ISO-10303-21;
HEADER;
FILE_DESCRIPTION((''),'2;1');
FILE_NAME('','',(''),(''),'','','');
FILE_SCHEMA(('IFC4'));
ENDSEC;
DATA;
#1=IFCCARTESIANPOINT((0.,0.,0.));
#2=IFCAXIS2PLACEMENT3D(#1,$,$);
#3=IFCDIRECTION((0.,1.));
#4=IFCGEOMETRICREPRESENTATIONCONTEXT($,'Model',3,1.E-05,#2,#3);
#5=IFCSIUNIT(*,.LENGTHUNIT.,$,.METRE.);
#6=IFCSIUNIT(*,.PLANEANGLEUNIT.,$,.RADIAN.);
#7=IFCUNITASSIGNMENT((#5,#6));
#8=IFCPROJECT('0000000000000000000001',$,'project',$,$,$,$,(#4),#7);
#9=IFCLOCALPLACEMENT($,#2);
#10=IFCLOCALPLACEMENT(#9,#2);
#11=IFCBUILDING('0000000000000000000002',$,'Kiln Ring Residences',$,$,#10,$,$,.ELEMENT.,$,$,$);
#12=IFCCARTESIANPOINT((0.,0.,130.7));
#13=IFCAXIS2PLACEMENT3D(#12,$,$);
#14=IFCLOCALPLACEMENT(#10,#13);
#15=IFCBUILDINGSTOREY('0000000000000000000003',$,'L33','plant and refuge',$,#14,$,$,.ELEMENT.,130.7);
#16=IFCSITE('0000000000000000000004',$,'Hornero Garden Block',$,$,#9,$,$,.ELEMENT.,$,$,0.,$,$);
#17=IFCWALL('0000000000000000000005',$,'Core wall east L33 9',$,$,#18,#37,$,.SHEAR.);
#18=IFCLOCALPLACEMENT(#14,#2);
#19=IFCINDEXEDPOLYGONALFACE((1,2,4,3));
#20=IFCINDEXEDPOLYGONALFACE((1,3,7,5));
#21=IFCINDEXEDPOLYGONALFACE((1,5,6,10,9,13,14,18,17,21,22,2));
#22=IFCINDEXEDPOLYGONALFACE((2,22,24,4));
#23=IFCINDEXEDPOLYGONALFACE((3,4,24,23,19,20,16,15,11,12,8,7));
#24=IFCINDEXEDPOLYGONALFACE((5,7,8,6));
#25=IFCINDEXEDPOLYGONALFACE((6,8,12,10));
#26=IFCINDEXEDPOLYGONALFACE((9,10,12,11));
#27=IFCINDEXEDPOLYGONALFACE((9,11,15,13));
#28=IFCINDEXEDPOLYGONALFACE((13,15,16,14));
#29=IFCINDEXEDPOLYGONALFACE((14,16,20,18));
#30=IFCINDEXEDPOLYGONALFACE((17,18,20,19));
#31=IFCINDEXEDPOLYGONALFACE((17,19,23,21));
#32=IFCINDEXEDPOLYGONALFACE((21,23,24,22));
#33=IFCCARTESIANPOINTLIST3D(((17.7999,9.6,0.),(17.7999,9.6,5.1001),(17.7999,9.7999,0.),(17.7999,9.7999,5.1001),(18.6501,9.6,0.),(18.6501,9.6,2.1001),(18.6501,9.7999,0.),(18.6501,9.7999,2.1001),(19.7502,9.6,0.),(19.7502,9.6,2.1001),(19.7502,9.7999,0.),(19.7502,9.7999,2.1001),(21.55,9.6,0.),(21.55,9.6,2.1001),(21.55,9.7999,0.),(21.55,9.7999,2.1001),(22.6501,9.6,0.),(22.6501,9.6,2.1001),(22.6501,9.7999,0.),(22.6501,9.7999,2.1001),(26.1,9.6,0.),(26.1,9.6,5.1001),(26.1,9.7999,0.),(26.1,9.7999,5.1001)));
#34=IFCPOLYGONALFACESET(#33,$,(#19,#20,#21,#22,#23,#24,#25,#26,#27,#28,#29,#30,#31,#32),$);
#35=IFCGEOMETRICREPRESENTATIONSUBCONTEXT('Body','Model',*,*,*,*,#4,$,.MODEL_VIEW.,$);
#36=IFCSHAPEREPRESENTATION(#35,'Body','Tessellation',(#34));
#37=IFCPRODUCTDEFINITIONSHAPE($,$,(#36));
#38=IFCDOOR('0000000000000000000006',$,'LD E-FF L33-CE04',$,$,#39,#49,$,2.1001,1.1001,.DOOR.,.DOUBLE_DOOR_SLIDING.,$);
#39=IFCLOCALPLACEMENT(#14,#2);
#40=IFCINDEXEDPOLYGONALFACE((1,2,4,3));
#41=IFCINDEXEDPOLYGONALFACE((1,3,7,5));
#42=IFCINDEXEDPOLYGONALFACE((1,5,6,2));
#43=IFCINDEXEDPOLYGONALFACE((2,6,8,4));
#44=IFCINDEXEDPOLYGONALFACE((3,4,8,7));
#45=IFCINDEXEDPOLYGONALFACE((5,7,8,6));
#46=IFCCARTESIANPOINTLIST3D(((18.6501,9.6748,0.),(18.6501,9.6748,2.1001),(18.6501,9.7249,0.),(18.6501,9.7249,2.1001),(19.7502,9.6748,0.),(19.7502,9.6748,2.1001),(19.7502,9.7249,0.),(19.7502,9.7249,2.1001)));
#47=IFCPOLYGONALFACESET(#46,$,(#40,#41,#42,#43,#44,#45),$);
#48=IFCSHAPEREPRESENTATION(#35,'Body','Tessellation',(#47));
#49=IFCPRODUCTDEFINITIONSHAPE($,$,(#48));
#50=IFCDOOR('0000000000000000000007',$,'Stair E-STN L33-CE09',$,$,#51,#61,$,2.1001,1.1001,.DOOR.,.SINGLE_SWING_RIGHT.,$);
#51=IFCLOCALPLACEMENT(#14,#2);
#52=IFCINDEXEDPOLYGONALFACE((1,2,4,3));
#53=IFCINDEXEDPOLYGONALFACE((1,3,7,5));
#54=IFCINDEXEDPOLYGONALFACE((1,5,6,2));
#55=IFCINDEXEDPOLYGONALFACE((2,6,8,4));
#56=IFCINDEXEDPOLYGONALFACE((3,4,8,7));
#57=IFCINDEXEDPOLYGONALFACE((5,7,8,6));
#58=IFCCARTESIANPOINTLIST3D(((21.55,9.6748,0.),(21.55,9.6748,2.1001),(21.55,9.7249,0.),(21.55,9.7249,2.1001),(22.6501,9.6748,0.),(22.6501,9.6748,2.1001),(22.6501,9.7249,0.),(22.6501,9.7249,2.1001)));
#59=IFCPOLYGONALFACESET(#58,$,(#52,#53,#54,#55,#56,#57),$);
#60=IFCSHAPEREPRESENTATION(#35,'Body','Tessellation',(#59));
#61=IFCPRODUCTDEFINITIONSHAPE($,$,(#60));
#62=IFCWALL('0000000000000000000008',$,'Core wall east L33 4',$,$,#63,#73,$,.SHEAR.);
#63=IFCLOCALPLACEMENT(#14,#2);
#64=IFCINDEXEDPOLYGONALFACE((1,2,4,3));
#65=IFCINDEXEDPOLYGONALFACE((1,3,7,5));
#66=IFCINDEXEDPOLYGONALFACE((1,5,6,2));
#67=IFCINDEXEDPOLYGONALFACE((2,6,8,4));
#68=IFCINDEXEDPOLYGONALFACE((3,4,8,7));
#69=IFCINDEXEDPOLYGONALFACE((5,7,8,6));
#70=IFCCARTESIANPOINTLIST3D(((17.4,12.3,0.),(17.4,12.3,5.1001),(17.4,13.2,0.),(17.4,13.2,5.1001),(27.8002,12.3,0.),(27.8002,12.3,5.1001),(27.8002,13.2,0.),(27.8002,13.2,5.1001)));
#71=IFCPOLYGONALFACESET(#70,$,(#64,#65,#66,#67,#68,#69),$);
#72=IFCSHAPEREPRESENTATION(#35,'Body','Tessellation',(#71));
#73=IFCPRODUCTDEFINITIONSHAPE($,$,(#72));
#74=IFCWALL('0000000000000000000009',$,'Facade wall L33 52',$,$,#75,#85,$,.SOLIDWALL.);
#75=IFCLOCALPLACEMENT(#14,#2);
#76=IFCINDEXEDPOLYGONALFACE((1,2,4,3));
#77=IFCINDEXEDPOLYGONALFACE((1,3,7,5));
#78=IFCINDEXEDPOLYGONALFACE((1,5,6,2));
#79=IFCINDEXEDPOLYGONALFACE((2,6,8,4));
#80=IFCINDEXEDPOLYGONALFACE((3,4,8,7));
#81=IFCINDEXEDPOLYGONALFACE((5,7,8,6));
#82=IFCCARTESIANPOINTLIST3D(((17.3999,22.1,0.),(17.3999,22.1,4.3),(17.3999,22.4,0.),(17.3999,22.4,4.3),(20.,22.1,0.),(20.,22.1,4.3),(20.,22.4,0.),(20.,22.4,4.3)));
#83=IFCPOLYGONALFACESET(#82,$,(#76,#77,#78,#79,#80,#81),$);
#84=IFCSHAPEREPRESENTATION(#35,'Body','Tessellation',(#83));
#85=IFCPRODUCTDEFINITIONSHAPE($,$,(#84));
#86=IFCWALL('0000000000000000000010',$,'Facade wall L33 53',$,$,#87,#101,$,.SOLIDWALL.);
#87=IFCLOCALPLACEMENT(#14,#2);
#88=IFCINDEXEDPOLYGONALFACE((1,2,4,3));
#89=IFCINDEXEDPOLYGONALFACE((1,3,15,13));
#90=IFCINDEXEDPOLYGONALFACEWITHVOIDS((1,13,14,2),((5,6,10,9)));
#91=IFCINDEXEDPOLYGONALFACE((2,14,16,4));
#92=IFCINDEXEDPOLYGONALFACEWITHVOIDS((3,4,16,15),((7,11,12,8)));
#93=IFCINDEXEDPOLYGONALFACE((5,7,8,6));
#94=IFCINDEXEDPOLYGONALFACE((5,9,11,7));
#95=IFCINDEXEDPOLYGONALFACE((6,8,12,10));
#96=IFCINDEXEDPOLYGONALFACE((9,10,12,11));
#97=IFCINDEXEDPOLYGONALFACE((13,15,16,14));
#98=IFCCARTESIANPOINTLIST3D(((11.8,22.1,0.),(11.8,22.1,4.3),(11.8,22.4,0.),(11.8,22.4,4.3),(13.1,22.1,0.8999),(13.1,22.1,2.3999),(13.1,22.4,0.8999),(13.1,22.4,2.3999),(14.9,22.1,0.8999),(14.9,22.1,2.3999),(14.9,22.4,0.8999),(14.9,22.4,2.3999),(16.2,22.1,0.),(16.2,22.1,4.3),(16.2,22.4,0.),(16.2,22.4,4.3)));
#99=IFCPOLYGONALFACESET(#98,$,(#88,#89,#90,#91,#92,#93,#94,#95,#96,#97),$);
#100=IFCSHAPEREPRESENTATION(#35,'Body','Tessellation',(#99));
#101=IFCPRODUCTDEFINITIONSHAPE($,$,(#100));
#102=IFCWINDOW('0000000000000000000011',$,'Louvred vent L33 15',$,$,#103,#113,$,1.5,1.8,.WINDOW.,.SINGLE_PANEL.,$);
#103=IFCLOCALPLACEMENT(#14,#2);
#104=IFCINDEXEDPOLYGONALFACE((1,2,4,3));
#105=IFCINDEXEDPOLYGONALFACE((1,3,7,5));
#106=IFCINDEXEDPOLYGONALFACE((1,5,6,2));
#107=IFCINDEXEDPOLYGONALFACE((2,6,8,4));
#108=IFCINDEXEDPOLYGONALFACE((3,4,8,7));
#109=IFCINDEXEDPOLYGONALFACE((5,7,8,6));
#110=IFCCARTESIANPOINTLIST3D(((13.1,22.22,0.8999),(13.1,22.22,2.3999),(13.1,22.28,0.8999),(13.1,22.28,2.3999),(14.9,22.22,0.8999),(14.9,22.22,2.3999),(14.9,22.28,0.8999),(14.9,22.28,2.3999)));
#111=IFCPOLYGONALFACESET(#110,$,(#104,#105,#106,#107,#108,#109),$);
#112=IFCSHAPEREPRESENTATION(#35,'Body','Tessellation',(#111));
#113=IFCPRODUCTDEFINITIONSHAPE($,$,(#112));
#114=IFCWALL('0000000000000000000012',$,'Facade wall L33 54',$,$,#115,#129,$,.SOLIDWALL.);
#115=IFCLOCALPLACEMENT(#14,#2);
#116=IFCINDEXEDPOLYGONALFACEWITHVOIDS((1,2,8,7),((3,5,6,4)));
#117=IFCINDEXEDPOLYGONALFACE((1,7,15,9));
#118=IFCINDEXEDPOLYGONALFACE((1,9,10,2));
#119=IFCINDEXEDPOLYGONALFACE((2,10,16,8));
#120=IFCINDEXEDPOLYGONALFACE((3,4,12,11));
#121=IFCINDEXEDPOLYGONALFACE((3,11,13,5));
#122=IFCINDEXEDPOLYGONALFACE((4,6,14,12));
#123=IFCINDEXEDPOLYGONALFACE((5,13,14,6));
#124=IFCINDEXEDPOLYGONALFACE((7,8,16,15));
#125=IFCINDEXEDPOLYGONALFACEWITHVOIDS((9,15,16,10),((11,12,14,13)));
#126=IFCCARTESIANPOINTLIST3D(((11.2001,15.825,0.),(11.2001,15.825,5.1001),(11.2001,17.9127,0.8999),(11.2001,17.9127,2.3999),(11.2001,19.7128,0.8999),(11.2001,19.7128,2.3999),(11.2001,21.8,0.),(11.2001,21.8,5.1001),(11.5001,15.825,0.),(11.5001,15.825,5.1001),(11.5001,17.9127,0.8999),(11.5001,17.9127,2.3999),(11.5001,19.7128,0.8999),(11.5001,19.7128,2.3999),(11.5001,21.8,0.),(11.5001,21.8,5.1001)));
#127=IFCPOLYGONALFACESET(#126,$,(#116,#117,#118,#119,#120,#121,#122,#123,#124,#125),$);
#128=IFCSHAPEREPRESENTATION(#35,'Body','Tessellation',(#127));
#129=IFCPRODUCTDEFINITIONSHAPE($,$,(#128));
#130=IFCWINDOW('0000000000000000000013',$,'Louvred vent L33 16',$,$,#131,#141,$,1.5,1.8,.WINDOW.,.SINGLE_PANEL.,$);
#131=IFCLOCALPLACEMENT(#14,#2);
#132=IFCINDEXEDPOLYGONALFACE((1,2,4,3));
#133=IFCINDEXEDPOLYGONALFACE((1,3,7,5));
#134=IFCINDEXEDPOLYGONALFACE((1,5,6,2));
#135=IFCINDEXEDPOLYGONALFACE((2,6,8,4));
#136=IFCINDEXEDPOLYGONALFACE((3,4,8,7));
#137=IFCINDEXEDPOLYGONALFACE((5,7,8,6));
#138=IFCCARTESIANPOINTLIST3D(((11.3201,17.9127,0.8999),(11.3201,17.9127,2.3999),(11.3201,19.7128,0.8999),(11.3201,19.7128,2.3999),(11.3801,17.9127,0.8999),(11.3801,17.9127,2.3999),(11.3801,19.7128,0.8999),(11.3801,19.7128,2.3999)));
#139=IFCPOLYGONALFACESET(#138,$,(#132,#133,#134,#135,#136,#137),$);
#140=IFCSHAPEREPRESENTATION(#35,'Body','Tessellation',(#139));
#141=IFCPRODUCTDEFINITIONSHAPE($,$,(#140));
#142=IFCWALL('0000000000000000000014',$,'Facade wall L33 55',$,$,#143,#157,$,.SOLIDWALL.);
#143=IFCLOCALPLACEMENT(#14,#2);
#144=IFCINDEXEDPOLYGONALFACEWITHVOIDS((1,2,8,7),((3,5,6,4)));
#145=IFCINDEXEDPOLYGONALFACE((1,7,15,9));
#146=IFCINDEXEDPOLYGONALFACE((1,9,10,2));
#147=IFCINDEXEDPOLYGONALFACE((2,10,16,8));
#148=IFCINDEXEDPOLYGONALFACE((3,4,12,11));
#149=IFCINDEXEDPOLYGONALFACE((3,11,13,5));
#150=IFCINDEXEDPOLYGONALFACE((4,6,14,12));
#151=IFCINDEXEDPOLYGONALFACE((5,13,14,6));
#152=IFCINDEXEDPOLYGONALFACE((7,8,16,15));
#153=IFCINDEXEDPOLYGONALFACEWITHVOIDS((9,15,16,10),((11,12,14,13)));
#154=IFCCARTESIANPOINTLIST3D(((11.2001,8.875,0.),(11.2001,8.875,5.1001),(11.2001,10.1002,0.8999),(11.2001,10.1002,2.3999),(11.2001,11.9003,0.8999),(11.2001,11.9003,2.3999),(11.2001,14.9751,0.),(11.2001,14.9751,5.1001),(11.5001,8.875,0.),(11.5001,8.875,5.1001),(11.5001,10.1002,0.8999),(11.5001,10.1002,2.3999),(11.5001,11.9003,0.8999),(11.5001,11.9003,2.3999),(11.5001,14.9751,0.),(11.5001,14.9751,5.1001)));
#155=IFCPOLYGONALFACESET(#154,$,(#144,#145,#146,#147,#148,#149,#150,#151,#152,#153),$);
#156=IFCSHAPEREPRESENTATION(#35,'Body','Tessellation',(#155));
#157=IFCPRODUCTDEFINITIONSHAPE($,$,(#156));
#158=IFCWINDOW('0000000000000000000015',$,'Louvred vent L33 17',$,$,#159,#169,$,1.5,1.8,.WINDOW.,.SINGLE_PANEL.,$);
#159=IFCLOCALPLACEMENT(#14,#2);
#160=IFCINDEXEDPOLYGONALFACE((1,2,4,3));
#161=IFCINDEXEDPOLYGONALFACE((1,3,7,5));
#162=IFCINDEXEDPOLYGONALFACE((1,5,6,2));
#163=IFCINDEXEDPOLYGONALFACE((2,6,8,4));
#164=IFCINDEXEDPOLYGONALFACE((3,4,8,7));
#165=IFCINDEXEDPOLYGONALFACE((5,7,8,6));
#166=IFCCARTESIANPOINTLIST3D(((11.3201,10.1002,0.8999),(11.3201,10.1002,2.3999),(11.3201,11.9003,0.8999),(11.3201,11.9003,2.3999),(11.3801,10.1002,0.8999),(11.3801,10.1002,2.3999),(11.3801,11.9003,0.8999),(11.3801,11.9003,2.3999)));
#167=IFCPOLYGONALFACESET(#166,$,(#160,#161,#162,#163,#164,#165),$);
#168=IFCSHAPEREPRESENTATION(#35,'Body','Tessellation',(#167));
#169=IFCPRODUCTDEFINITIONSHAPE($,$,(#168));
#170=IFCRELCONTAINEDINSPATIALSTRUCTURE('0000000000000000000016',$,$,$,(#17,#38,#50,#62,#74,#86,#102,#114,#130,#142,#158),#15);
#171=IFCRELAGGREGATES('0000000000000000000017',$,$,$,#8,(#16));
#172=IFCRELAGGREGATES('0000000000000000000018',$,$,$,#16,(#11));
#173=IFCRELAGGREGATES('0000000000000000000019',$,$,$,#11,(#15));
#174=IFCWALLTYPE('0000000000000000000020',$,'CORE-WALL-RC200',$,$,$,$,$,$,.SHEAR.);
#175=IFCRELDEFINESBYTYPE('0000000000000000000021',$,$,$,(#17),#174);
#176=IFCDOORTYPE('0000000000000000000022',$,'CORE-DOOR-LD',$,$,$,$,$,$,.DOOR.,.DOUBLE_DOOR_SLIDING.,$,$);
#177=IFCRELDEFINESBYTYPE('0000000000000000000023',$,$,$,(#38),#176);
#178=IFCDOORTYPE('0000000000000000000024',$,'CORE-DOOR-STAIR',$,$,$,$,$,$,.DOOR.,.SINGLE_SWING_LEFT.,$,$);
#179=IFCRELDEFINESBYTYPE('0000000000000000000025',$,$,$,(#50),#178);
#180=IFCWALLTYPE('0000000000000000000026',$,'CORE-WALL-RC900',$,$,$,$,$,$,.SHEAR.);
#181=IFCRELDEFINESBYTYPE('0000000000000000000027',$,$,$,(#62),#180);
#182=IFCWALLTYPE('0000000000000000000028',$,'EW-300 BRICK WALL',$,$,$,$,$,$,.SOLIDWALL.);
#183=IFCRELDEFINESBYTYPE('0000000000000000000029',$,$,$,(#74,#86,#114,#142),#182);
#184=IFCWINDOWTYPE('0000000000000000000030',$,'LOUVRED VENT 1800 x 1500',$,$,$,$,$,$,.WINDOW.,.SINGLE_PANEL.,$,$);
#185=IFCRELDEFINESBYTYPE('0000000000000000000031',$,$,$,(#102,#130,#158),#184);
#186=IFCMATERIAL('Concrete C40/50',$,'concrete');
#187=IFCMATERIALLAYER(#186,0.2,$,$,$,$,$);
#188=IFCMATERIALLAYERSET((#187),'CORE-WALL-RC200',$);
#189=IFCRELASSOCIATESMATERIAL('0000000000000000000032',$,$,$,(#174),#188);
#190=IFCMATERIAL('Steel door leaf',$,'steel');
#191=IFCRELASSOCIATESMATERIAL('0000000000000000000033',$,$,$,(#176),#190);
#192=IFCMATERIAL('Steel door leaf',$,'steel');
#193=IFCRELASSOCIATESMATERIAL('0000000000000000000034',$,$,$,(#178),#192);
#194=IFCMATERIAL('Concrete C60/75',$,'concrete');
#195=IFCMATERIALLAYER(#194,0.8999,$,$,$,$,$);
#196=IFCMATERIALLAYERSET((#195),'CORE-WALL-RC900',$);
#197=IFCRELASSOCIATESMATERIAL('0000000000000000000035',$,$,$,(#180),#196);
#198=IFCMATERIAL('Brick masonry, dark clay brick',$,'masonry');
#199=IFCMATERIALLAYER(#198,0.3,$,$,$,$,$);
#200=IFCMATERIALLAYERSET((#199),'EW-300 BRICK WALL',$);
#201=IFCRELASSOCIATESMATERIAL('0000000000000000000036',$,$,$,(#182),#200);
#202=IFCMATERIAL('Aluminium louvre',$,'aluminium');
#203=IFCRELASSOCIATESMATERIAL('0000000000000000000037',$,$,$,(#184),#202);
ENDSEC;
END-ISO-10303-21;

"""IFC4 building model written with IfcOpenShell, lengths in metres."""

from ifc_helpers import new_model, si_unit, direction, frame, frame_2d, origin, place, context, subcontext, project, spatial, rectangle, extrude, material, layer, layer_set, type_object, element, fill, save


model = new_model("IFC4")

# Units and contexts
model_context = context("Model", 3, precision=1e-05, world=origin(), true_north=direction((0.0, 1.0)))
body_context = subcontext(model_context, "Body", "Model", "MODEL_VIEW")
ifc_project = project(units=[si_unit("LENGTHUNIT", "METRE"), si_unit("PLANEANGLEUNIT", "RADIAN")], contexts=[model_context])

# Site, building, storey
site_placement = place(None, origin())
site = spatial("IfcSite", under=ifc_project, at=site_placement, Name="Hornero Garden Block", CompositionType="ELEMENT", RefElevation=0.0)
building_placement = place(site_placement, origin())
building = spatial("IfcBuilding", under=site, at=building_placement, Name="Kiln Ring Residences", CompositionType="ELEMENT")
storey_placement = place(building_placement, frame((0.0, 0.0, 130.7)))
storey = spatial("IfcBuildingStorey", under=building, at=storey_placement, Name="L33", Description="plant and refuge", CompositionType="ELEMENT", Elevation=130.7)

# Wall, openings, doors
ifc_material_1 = material(Name="Concrete C40/50", Category="concrete")
ifc_layer_1 = layer(ifc_material_1, 0.2)
ifc_layer_set_1 = layer_set([ifc_layer_1], Name="CORE-WALL-RC200")
wall_type_1 = type_object("IfcWallType", Name="CORE-WALL-RC200", PredefinedType="SHEAR", material=ifc_layer_set_1)
wall_1_placement = place(storey_placement, frame((17.8, 9.7, 0.0), z_axis=(0.0, 0.0, 1.0), x_axis=(1.0, 0.0, 0.0)))
wall_1 = element("IfcWall", 1, at=wall_1_placement, inside=storey, type_object=wall_type_1, Name="Core wall east L33 9", PredefinedType="SHEAR", context=body_context, shape_type="SweptSolid", body=[
    extrude(rectangle(XDim=8.3, YDim=0.2, at=frame_2d((4.1499, 0.0))), origin(), (0.0, 0.0, 1.0), 5.1001),
])
opening_1_placement = place(wall_1_placement, frame((0.8501, 0.0, 0.0)))
opening_1 = element("IfcOpeningElement", 2, at=opening_1_placement, cuts=wall_1, PredefinedType="OPENING", context=body_context, shape_type="SweptSolid", body=[
    extrude(rectangle(XDim=1.1001, YDim=2.1001, at=frame_2d((0.55, 1.05))), frame((0.0, 0.1099, 0.0), z_axis=(0.0, -1.0, 0.0), x_axis=(1.0, 0.0, 0.0)), (0.0, 0.0, 1.0), 0.22),
])
opening_2_placement = place(wall_1_placement, frame((3.75, 0.0, 0.0)))
opening_2 = element("IfcOpeningElement", 3, at=opening_2_placement, cuts=wall_1, PredefinedType="OPENING", context=body_context, shape_type="SweptSolid", body=[
    extrude(rectangle(XDim=1.1001, YDim=2.1001, at=frame_2d((0.55, 1.05))), frame((0.0, 0.1099, 0.0), z_axis=(0.0, -1.0, 0.0), x_axis=(1.0, 0.0, 0.0)), (0.0, 0.0, 1.0), 0.22),
])
ifc_material_2 = material(Name="Steel door leaf", Category="steel")
door_type_1 = type_object("IfcDoorType", Name="CORE-DOOR-LD", OperationType="DOUBLE_DOOR_SLIDING", PredefinedType="DOOR", material=ifc_material_2)
door_1_placement = place(opening_1_placement, origin())
door_1 = element("IfcDoor", 4, at=door_1_placement, inside=storey, type_object=door_type_1, Name="LD E-FF L33-CE04", OperationType="DOUBLE_DOOR_SLIDING", OverallHeight=2.1001, OverallWidth=1.1001, PredefinedType="DOOR", context=body_context, shape_type="SweptSolid", body=[
    extrude(rectangle(XDim=1.1001, YDim=2.1001, at=frame_2d((0.55, 1.05))), frame((0.0, 0.0249, 0.0), z_axis=(0.0, -1.0, 0.0), x_axis=(1.0, 0.0, 0.0)), (0.0, 0.0, 1.0), 0.05),
])
fill(opening_1, door_1)
ifc_material_3 = material(Name="Steel door leaf", Category="steel")
door_type_2 = type_object("IfcDoorType", Name="CORE-DOOR-STAIR", OperationType="SINGLE_SWING_LEFT", PredefinedType="DOOR", material=ifc_material_3)
door_2_placement = place(opening_2_placement, origin())
door_2 = element("IfcDoor", 5, at=door_2_placement, inside=storey, type_object=door_type_2, Name="Stair E-STN L33-CE09", OperationType="SINGLE_SWING_RIGHT", OverallHeight=2.1001, OverallWidth=1.1001, PredefinedType="DOOR", context=body_context, shape_type="SweptSolid", body=[
    extrude(rectangle(XDim=1.1001, YDim=2.1001, at=frame_2d((0.55, 1.05))), frame((0.0, 0.0249, 0.0), z_axis=(0.0, -1.0, 0.0), x_axis=(1.0, 0.0, 0.0)), (0.0, 0.0, 1.0), 0.05),
])
fill(opening_2, door_2)

# Walls
ifc_material_4 = material(Name="Concrete C60/75", Category="concrete")
ifc_layer_2 = layer(ifc_material_4, 0.8999)
ifc_layer_set_2 = layer_set([ifc_layer_2], Name="CORE-WALL-RC900")
wall_type_2 = type_object("IfcWallType", Name="CORE-WALL-RC900", PredefinedType="SHEAR", material=ifc_layer_set_2)
wall_2_placement = place(storey_placement, frame((17.3999, 12.75, 0.0), z_axis=(0.0, 0.0, 1.0), x_axis=(1.0, 0.0, 0.0)))
element("IfcWall", 6, at=wall_2_placement, inside=storey, type_object=wall_type_2, Name="Core wall east L33 4", PredefinedType="SHEAR", context=body_context, shape_type="SweptSolid", body=[
    extrude(rectangle(XDim=10.4001, YDim=0.8999, at=frame_2d((5.2002, 0.0))), origin(), (0.0, 0.0, 1.0), 5.1001),
])
ifc_material_5 = material(Name="Brick masonry, dark clay brick", Category="masonry")
ifc_layer_3 = layer(ifc_material_5, 0.3)
ifc_layer_set_3 = layer_set([ifc_layer_3], Name="EW-300 BRICK WALL")
wall_type_3 = type_object("IfcWallType", Name="EW-300 BRICK WALL", PredefinedType="SOLIDWALL", material=ifc_layer_set_3)
wall_3_placement = place(storey_placement, frame((20.0, 22.25, 0.0), z_axis=(0.0, 0.0, 1.0), x_axis=(-1.0, 0.0, 0.0)))
element("IfcWall", 7, at=wall_3_placement, inside=storey, type_object=wall_type_3, Name="Facade wall L33 52", PredefinedType="SOLIDWALL", context=body_context, shape_type="SweptSolid", body=[
    extrude(rectangle(XDim=2.6001, YDim=0.3, at=frame_2d((1.3, 0.0))), origin(), (0.0, 0.0, 1.0), 4.3),
])

# Walls, openings, windows
wall_4_placement = place(storey_placement, frame((16.2, 22.25, 0.0), z_axis=(0.0, 0.0, 1.0), x_axis=(-1.0, 0.0, 0.0)))
wall_4 = element("IfcWall", 8, at=wall_4_placement, inside=storey, type_object=wall_type_3, Name="Facade wall L33 53", PredefinedType="SOLIDWALL", context=body_context, shape_type="SweptSolid", body=[
    extrude(rectangle(XDim=4.3999, YDim=0.3, at=frame_2d((2.2, 0.0))), origin(), (0.0, 0.0, 1.0), 4.3),
])
opening_3_placement = place(wall_4_placement, frame((1.3, 0.0, 0.8999)))
opening_3 = element("IfcOpeningElement", 9, at=opening_3_placement, cuts=wall_4, PredefinedType="OPENING", context=body_context, shape_type="SweptSolid", body=[
    extrude(rectangle(XDim=1.8, YDim=1.5, at=frame_2d((0.8999, 0.75))), frame((0.0, 0.1599, 0.0), z_axis=(0.0, -1.0, 0.0), x_axis=(1.0, 0.0, 0.0)), (0.0, 0.0, 1.0), 0.3201),
])
ifc_material_6 = material(Name="Aluminium louvre", Category="aluminium")
window_type = type_object("IfcWindowType", Name="LOUVRED VENT 1800 x 1500", PartitioningType="SINGLE_PANEL", PredefinedType="WINDOW", material=ifc_material_6)
window_1_placement = place(opening_3_placement, origin())
window_1 = element("IfcWindow", 10, at=window_1_placement, inside=storey, type_object=window_type, Name="Louvred vent L33 15", OverallHeight=1.5, OverallWidth=1.8, PartitioningType="SINGLE_PANEL", PredefinedType="WINDOW", context=body_context, shape_type="SweptSolid", body=[
    extrude(rectangle(XDim=1.8, YDim=1.5, at=frame_2d((0.8999, 0.75))), frame((0.0, 0.03, 0.0), z_axis=(0.0, -1.0, 0.0), x_axis=(1.0, 0.0, 0.0)), (0.0, 0.0, 1.0), 0.0601),
])
fill(opening_3, window_1)
wall_5_placement = place(storey_placement, frame((11.3501, 21.8, 0.0), z_axis=(0.0, 0.0, 1.0), x_axis=(0.0, -1.0, 0.0)))
wall_5 = element("IfcWall", 11, at=wall_5_placement, inside=storey, type_object=wall_type_3, Name="Facade wall L33 54", PredefinedType="SOLIDWALL", context=body_context, shape_type="SweptSolid", body=[
    extrude(rectangle(XDim=5.9751, YDim=0.3, at=frame_2d((2.9875, 0.0))), origin(), (0.0, 0.0, 1.0), 5.1001),
])
opening_4_placement = place(wall_5_placement, frame((2.0874, 0.0, 0.8999)))
opening_4 = element("IfcOpeningElement", 12, at=opening_4_placement, cuts=wall_5, PredefinedType="OPENING", context=body_context, shape_type="SweptSolid", body=[
    extrude(rectangle(XDim=1.8, YDim=1.5, at=frame_2d((0.8999, 0.75))), frame((0.0, 0.1599, 0.0), z_axis=(0.0, -1.0, 0.0), x_axis=(1.0, 0.0, 0.0)), (0.0, 0.0, 1.0), 0.3201),
])
window_2_placement = place(opening_4_placement, origin())
window_2 = element("IfcWindow", 13, at=window_2_placement, inside=storey, type_object=window_type, Name="Louvred vent L33 16", OverallHeight=1.5, OverallWidth=1.8, PartitioningType="SINGLE_PANEL", PredefinedType="WINDOW", context=body_context, shape_type="SweptSolid", body=[
    extrude(rectangle(XDim=1.8, YDim=1.5, at=frame_2d((0.8999, 0.75))), frame((0.0, 0.03, 0.0), z_axis=(0.0, -1.0, 0.0), x_axis=(1.0, 0.0, 0.0)), (0.0, 0.0, 1.0), 0.0601),
])
fill(opening_4, window_2)
wall_6_placement = place(storey_placement, frame((11.3501, 14.9751, 0.0), z_axis=(0.0, 0.0, 1.0), x_axis=(0.0, -1.0, 0.0)))
wall_6 = element("IfcWall", 14, at=wall_6_placement, inside=storey, type_object=wall_type_3, Name="Facade wall L33 55", PredefinedType="SOLIDWALL", context=body_context, shape_type="SweptSolid", body=[
    extrude(rectangle(XDim=6.1001, YDim=0.3, at=frame_2d((3.05, 0.0))), origin(), (0.0, 0.0, 1.0), 5.1001),
])
opening_5_placement = place(wall_6_placement, frame((3.075, 0.0, 0.8999)))
opening_5 = element("IfcOpeningElement", 15, at=opening_5_placement, cuts=wall_6, PredefinedType="OPENING", context=body_context, shape_type="SweptSolid", body=[
    extrude(rectangle(XDim=1.8, YDim=1.5, at=frame_2d((0.8999, 0.75))), frame((0.0, 0.1599, 0.0), z_axis=(0.0, -1.0, 0.0), x_axis=(1.0, 0.0, 0.0)), (0.0, 0.0, 1.0), 0.3201),
])
window_3_placement = place(opening_5_placement, origin())
window_3 = element("IfcWindow", 16, at=window_3_placement, inside=storey, type_object=window_type, Name="Louvred vent L33 17", OverallHeight=1.5, OverallWidth=1.8, PartitioningType="SINGLE_PANEL", PredefinedType="WINDOW", context=body_context, shape_type="SweptSolid", body=[
    extrude(rectangle(XDim=1.8, YDim=1.5, at=frame_2d((0.8999, 0.75))), frame((0.0, 0.03, 0.0), z_axis=(0.0, -1.0, 0.0), x_axis=(1.0, 0.0, 0.0)), (0.0, 0.0, 1.0), 0.0601),
])
fill(opening_5, window_3)

save(model, "model.ifc")
